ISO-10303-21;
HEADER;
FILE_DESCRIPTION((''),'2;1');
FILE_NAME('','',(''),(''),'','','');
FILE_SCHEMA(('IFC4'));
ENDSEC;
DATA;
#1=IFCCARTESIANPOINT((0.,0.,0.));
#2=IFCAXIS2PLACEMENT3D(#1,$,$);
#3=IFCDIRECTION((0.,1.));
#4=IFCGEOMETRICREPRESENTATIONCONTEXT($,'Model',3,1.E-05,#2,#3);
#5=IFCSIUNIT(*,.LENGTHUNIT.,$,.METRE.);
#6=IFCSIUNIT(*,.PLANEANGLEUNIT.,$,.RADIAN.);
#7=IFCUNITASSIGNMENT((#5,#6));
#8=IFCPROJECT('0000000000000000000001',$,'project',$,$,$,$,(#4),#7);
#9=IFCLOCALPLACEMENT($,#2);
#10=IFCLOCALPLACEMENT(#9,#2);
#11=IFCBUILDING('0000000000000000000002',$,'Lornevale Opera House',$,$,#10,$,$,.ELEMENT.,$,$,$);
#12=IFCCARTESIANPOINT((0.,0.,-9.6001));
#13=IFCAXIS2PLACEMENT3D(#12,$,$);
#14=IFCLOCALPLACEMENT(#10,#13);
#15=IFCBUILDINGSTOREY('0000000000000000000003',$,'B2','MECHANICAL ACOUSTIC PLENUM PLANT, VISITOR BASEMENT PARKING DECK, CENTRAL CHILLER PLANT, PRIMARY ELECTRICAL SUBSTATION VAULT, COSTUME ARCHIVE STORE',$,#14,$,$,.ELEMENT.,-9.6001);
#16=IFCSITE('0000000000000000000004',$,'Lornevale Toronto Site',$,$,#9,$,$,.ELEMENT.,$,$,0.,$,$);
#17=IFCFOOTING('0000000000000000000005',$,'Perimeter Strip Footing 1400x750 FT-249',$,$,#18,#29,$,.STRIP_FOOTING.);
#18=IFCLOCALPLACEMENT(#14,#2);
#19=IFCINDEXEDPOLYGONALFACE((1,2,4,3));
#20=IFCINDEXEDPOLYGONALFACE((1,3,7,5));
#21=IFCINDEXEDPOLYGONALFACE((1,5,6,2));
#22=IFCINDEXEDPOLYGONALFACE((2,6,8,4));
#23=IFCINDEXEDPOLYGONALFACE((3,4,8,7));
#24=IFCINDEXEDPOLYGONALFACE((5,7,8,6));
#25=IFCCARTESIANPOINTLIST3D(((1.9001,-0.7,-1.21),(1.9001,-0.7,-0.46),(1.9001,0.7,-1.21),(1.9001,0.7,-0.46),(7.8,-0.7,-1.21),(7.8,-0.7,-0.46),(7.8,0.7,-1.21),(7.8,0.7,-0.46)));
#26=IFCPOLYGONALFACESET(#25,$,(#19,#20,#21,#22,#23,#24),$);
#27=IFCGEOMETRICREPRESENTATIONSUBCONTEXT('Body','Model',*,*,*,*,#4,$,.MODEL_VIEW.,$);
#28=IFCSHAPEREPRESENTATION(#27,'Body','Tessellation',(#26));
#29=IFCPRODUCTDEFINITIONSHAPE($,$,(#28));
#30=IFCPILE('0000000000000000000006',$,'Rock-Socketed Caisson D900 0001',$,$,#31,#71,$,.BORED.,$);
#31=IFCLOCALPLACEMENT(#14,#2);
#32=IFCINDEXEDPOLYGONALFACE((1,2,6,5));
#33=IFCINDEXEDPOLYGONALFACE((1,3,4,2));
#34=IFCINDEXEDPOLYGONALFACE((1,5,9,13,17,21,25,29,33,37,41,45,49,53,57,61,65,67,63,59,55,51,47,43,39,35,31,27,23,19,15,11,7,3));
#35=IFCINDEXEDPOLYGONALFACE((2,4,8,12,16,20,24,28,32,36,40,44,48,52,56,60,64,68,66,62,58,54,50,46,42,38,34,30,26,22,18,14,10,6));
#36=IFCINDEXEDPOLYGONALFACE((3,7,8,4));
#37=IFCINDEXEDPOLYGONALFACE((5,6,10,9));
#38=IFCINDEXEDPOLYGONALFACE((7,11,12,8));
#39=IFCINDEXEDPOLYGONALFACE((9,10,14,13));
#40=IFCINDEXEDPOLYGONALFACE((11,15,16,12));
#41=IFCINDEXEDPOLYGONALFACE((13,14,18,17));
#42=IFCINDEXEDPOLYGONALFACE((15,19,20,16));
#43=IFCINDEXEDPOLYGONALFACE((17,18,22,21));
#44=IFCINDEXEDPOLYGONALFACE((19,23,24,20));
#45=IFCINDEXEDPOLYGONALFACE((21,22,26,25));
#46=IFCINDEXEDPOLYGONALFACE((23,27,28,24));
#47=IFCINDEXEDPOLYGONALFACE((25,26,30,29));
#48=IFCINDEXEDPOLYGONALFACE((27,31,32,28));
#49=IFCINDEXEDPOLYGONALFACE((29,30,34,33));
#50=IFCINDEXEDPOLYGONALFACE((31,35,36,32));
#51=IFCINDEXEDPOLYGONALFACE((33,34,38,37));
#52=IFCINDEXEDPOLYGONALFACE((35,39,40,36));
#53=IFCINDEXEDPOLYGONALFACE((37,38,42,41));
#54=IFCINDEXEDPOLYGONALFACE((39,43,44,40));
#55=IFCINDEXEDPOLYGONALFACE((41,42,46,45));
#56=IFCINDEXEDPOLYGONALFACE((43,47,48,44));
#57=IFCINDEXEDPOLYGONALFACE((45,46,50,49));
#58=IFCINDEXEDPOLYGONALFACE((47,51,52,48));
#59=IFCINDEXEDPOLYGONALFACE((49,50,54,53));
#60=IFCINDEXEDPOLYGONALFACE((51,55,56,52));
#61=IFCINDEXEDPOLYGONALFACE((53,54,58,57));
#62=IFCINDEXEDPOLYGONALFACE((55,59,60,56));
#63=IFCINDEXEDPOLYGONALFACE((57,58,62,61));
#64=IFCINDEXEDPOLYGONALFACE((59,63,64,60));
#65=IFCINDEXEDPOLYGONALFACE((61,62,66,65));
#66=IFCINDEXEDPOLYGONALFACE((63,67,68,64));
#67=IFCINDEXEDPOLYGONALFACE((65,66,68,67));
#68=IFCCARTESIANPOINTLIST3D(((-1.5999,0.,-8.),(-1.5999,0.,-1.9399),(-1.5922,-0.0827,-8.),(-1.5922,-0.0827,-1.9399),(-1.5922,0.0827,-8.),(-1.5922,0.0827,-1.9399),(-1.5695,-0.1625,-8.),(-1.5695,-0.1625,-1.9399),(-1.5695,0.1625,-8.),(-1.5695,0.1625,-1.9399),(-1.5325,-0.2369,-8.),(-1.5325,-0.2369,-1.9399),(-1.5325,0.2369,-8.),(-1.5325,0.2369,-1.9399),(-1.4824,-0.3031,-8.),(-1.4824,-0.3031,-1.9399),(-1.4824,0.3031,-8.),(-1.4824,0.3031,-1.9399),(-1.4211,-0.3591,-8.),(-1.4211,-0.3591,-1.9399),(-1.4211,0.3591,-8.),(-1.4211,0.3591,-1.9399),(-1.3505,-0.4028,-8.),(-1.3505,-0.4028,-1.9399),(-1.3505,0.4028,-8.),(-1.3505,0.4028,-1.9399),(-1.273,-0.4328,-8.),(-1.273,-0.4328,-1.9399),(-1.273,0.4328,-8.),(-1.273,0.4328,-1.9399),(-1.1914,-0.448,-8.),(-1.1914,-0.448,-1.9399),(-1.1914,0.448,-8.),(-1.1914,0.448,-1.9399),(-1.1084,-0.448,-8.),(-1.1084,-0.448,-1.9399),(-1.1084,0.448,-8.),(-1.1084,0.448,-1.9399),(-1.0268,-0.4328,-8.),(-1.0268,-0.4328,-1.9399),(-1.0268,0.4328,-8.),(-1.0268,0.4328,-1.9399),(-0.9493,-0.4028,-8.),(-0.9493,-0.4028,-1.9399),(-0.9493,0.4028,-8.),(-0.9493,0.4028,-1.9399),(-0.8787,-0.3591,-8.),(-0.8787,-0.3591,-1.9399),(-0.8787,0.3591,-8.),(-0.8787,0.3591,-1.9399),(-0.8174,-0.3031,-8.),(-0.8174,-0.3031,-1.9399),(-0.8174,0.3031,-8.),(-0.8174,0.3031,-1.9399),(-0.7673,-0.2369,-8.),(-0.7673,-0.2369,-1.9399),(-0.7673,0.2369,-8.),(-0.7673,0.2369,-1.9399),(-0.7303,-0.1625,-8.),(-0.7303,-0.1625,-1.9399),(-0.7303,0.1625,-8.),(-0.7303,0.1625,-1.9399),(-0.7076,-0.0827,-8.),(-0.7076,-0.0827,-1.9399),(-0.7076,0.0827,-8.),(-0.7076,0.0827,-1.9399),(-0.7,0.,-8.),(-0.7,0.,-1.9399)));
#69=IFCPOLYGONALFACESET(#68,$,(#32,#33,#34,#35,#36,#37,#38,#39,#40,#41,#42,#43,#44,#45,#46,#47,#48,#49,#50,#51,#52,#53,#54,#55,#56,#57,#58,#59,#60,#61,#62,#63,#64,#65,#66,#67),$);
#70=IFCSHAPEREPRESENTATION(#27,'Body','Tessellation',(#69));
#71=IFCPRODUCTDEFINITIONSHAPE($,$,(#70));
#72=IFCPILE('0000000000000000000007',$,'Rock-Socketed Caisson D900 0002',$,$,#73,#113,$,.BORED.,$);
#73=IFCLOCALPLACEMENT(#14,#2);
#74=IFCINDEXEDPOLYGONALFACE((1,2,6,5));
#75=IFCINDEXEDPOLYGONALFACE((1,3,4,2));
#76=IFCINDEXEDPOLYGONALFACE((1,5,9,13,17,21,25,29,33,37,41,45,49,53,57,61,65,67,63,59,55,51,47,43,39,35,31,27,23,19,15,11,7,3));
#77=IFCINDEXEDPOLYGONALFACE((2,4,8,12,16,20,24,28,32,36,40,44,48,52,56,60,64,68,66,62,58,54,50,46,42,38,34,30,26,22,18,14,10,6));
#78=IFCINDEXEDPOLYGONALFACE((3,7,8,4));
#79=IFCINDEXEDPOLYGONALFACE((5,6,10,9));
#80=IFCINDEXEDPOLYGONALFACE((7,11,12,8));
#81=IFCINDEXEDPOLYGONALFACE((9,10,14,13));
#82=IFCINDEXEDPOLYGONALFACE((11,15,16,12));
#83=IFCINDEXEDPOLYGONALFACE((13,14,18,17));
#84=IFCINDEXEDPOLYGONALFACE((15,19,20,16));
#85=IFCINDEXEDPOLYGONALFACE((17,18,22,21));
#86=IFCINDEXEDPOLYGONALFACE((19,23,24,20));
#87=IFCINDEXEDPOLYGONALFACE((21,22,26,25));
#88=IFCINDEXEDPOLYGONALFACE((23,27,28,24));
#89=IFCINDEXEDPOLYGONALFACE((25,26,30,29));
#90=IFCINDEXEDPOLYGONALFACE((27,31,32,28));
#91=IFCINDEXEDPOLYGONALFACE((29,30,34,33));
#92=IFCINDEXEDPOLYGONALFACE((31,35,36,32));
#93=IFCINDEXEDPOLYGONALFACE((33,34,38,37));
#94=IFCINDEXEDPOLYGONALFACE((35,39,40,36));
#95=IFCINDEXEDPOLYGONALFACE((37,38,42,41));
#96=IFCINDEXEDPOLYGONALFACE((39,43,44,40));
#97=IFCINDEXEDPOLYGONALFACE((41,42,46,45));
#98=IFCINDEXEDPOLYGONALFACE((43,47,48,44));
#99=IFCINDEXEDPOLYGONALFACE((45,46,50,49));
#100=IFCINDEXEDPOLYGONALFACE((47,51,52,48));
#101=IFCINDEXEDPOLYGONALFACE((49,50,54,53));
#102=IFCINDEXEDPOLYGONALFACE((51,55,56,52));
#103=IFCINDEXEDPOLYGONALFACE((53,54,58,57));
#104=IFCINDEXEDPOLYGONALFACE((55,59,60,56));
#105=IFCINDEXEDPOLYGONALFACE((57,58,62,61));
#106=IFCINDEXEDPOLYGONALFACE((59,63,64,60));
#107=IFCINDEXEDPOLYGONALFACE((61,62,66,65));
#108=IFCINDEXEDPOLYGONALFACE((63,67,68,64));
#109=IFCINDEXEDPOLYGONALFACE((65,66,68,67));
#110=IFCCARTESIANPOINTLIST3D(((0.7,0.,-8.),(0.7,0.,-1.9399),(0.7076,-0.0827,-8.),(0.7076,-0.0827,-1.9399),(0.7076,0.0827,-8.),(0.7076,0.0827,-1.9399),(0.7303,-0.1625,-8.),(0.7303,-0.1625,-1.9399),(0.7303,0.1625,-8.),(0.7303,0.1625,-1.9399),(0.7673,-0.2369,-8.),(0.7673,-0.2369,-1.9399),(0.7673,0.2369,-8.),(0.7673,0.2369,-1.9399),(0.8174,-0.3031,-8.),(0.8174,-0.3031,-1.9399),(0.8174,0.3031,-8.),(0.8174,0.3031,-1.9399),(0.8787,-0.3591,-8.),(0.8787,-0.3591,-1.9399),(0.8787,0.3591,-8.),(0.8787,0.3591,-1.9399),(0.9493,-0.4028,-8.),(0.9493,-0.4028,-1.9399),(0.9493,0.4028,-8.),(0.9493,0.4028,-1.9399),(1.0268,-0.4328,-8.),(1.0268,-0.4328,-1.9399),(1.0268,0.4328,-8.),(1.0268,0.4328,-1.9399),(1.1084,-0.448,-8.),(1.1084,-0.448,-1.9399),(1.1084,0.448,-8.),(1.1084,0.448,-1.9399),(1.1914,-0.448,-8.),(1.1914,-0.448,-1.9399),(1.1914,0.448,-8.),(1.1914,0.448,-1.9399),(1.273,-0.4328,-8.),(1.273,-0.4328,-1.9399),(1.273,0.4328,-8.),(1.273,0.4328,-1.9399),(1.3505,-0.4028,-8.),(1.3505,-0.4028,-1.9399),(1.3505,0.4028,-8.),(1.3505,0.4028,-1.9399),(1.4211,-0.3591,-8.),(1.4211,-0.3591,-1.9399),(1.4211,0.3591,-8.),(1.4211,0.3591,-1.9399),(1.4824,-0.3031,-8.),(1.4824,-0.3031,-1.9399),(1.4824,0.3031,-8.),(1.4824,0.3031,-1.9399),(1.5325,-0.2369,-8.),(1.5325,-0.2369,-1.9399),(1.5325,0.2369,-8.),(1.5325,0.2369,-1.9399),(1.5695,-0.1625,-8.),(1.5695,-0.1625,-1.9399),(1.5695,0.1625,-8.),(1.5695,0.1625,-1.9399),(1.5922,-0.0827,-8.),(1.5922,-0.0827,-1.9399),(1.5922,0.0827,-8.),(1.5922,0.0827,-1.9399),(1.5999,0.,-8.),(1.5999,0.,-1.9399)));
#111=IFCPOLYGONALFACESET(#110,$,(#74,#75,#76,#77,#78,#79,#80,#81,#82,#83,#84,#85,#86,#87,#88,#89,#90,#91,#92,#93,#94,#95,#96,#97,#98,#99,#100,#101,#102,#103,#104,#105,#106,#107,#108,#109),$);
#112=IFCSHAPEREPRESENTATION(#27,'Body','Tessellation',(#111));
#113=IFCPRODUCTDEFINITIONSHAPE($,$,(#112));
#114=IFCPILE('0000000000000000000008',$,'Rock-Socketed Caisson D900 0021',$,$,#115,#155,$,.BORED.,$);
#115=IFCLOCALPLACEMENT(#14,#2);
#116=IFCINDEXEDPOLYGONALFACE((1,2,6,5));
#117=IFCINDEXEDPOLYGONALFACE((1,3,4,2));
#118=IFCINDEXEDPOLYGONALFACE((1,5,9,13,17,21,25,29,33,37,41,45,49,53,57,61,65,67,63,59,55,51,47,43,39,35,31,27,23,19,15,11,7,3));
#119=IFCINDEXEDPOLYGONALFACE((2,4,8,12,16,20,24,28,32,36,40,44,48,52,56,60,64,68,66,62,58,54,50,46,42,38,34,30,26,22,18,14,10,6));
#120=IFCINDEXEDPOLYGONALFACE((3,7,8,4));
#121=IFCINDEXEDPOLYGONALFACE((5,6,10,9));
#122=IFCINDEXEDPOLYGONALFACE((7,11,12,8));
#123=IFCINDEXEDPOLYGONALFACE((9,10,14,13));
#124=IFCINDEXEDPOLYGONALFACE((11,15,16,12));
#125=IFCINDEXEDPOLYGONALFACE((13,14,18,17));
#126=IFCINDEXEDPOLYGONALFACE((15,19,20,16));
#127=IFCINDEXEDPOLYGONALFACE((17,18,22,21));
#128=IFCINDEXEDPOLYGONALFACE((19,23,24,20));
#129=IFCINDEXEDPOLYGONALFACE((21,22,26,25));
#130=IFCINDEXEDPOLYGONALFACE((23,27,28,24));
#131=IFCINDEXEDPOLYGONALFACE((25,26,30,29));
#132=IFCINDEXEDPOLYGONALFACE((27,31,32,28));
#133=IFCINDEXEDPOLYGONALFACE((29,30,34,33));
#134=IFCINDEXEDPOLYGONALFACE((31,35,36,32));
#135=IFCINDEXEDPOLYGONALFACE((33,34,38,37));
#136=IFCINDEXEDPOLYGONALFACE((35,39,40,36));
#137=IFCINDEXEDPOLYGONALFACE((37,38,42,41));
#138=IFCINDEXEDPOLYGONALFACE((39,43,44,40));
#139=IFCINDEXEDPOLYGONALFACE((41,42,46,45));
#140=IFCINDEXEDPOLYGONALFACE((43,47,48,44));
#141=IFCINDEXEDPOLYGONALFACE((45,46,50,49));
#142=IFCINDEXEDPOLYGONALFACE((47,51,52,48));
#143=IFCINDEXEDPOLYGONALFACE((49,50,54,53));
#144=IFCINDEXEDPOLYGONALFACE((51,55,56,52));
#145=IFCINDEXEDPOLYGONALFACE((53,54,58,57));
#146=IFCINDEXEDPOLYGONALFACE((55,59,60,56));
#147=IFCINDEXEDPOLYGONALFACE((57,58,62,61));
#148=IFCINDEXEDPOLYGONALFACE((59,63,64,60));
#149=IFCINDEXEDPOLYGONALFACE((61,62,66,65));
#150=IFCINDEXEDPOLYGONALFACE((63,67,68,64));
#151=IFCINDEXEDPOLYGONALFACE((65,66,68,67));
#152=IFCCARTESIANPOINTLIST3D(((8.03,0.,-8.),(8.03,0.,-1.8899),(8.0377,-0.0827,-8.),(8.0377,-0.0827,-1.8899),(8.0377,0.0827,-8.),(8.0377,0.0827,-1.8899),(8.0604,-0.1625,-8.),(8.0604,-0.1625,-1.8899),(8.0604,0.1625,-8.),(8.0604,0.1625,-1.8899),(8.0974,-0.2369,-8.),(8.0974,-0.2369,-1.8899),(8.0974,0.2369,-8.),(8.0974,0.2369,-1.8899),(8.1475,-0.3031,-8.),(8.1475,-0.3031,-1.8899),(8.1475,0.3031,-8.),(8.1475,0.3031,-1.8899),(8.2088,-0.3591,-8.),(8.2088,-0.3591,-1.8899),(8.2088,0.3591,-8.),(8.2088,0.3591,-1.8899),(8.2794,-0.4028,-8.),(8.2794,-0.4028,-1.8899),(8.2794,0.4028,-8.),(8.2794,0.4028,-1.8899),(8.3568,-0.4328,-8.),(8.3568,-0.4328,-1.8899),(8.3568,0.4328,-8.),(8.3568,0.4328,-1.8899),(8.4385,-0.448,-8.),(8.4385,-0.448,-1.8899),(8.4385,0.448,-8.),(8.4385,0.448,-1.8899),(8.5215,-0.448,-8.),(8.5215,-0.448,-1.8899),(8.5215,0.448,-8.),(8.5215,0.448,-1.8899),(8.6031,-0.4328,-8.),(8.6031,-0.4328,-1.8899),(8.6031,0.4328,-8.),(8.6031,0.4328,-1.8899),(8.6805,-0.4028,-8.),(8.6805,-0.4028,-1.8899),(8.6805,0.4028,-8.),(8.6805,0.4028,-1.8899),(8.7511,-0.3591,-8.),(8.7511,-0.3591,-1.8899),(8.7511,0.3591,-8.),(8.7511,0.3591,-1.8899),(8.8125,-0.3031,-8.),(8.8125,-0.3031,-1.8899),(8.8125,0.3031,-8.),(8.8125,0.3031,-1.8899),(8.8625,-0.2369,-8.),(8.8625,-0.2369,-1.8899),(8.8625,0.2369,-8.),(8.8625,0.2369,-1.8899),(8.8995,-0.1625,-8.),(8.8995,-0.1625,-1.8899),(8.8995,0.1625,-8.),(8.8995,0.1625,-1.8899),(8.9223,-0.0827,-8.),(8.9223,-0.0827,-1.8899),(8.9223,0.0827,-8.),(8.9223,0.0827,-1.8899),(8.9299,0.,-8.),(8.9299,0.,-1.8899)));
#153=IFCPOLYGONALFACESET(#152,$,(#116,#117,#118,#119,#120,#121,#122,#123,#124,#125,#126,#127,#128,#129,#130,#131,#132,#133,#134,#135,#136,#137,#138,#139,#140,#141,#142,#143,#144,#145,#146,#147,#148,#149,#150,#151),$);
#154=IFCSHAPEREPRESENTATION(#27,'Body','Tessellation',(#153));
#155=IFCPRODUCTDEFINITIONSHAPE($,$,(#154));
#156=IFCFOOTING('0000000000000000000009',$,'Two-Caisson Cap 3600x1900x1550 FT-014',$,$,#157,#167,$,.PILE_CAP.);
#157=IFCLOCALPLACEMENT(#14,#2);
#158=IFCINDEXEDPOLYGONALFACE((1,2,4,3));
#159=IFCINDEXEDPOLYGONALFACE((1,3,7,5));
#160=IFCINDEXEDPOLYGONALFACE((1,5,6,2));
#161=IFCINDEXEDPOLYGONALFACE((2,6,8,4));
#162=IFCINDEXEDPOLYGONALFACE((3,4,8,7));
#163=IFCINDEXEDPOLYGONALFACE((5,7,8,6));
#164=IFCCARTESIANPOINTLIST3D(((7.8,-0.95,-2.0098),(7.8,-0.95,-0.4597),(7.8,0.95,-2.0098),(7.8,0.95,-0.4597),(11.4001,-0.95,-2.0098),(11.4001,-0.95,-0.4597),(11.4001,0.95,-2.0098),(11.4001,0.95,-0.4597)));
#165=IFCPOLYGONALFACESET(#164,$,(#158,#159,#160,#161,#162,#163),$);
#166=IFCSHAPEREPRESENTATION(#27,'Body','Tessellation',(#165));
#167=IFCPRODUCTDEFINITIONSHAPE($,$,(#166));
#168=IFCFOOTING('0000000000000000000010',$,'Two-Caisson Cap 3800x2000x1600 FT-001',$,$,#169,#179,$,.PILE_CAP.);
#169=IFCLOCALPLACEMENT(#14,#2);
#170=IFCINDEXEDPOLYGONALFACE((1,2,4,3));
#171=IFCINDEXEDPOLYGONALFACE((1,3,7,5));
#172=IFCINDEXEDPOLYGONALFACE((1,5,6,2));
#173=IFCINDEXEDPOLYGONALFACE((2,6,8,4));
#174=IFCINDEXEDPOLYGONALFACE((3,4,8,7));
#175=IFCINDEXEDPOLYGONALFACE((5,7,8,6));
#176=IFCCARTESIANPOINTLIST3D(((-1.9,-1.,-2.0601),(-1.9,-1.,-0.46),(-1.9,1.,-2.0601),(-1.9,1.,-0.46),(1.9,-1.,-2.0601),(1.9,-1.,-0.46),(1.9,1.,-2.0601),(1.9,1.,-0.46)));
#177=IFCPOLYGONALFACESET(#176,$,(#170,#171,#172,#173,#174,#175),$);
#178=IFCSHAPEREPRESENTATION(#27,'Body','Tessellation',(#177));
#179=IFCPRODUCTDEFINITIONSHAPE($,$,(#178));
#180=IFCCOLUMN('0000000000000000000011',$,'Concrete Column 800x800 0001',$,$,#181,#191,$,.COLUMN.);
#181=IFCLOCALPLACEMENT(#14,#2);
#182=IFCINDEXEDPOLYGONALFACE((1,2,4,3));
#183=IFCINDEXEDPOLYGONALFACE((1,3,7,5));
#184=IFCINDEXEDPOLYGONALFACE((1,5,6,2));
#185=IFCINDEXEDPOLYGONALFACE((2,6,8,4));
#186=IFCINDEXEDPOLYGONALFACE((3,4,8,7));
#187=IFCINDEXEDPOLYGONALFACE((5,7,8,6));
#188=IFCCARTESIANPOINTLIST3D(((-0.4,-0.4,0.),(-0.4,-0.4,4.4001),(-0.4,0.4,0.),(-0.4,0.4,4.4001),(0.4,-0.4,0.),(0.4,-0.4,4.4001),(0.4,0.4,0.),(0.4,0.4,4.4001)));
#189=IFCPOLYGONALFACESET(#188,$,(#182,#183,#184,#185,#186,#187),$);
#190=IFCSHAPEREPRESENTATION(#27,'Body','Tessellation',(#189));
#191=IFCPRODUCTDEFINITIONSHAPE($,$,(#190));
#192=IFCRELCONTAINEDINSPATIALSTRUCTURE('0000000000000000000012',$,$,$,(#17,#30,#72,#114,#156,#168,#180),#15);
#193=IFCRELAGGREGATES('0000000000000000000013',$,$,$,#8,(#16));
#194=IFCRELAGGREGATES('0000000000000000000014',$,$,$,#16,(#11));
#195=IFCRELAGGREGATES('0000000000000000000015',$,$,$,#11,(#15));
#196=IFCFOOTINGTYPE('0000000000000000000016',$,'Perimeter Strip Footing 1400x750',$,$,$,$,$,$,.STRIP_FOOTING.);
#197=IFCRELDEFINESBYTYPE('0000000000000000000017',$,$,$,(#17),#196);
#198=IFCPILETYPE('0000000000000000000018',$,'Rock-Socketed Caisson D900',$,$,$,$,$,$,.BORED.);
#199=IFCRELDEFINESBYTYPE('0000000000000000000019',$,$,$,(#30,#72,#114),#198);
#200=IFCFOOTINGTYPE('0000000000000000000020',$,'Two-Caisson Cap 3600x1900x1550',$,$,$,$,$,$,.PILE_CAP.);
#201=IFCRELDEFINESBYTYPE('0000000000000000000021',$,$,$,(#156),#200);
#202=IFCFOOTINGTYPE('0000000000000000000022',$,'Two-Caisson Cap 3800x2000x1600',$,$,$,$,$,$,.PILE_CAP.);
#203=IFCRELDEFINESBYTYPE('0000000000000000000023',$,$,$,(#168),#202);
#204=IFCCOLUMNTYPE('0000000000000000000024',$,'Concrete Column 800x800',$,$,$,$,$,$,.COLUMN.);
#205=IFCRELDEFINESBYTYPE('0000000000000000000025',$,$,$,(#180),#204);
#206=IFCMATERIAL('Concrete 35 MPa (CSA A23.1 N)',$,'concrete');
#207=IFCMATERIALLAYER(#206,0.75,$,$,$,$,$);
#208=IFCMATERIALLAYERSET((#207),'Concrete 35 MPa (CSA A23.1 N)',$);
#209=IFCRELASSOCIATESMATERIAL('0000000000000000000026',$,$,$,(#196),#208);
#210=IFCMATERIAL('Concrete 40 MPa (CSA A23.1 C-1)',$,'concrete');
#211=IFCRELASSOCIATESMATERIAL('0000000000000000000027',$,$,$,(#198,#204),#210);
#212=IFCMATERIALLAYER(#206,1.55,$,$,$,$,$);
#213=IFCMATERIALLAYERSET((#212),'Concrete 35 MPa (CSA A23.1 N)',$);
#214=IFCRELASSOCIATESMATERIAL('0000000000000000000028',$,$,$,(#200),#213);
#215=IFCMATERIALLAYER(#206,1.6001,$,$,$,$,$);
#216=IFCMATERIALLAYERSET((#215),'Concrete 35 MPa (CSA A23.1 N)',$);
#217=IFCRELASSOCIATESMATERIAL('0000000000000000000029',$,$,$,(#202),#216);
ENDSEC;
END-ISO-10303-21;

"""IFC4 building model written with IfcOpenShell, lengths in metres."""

from ifc_helpers import new_model, si_unit, direction, frame, origin, origin_2d, place, context, subcontext, project, spatial, rectangle, circle, extrude, material, layer, layer_set, material_profile, profile_set, type_object, element, save


model = new_model("IFC4")

# Units and contexts
model_context = context("Model", 3, precision=1e-05, world=origin(), true_north=direction((0.0, 1.0)))
body_context = subcontext(model_context, "Body", "Model", "MODEL_VIEW")
ifc_project = project(units=[si_unit("LENGTHUNIT", "METRE"), si_unit("PLANEANGLEUNIT", "RADIAN")], contexts=[model_context])

# Site, building, storey
site_placement = place(None, origin())
site = spatial("IfcSite", under=ifc_project, at=site_placement, Name="Lornevale Toronto Site", CompositionType="ELEMENT", RefElevation=0.0)
building_placement = place(site_placement, origin())
building = spatial("IfcBuilding", under=site, at=building_placement, Name="Lornevale Opera House", CompositionType="ELEMENT")
storey_placement = place(building_placement, frame((0.0, 0.0, -9.6001)))
storey = spatial("IfcBuildingStorey", under=building, at=storey_placement, Name="B2", Description="MECHANICAL ACOUSTIC PLENUM PLANT, VISITOR BASEMENT PARKING DECK, CENTRAL CHILLER PLANT, PRIMARY ELECTRICAL SUBSTATION VAULT, COSTUME ARCHIVE STORE", CompositionType="ELEMENT", Elevation=-9.6001)

# Footing
ifc_material_1 = material(Name="Concrete 35 MPa (CSA A23.1 N)", Category="concrete")
ifc_layer_1 = layer(ifc_material_1, 0.75)
ifc_layer_set_1 = layer_set([ifc_layer_1], Name="Concrete 35 MPa (CSA A23.1 N)")
footing_type_1 = type_object("IfcFootingType", Name="Perimeter Strip Footing 1400x750", PredefinedType="STRIP_FOOTING", material=ifc_layer_set_1)
footing_1_placement = place(storey_placement, frame((4.8501, 0.0, -1.21), z_axis=(0.0, 0.0, 1.0), x_axis=(1.0, 0.0, 0.0)))
element("IfcFooting", 1, at=footing_1_placement, inside=storey, type_object=footing_type_1, Name="Perimeter Strip Footing 1400x750 FT-249", PredefinedType="STRIP_FOOTING", context=body_context, shape_type="SweptSolid", body=[
    extrude(rectangle(XDim=5.8999, YDim=1.3999, at=origin_2d()), origin(), (0.0, 0.0, 1.0), 0.75),
])

# Piles
ifc_material_2 = material(Name="Concrete 40 MPa (CSA A23.1 C-1)", Category="concrete")
ifc_material_profile_1 = material_profile(ifc_material_2, circle(Radius=0.45, at=origin_2d()), Name="CAIS900")
ifc_profile_set_1 = profile_set([ifc_material_profile_1], Name="Concrete 40 MPa (CSA A23.1 C-1)")
pile_type = type_object("IfcPileType", Name="Rock-Socketed Caisson D900", PredefinedType="BORED", material=ifc_profile_set_1)
for number, where, z_axis, x_axis, name in (
    (2, (-1.1499, 0.0, -1.9399), (0.0, 0.0, -1.0), (1.0, 0.0, 0.0), "Rock-Socketed Caisson D900 0001"),
    (3, (1.1499, 0.0, -1.9399), (0.0, 0.0, -1.0), (1.0, 0.0, 0.0), "Rock-Socketed Caisson D900 0002"),
):
    element("IfcPile", number, at=place(storey_placement, frame(where, z_axis=z_axis, x_axis=x_axis)), inside=storey, type_object=pile_type, Name=name, PredefinedType="BORED", context=body_context, shape_type="SweptSolid", body=[
        extrude(circle(Radius=0.45, at=origin_2d()), origin(), (0.0, 0.0, 1.0), 6.0601),
    ])
pile_placement = place(storey_placement, frame((8.48, 0.0, -1.8899), z_axis=(0.0, 0.0, -1.0), x_axis=(1.0, 0.0, 0.0)))
element("IfcPile", 4, at=pile_placement, inside=storey, type_object=pile_type, Name="Rock-Socketed Caisson D900 0021", PredefinedType="BORED", context=body_context, shape_type="SweptSolid", body=[
    extrude(circle(Radius=0.45, at=origin_2d()), origin(), (0.0, 0.0, 1.0), 6.1101),
])

# Footings
ifc_layer_2 = layer(ifc_material_1, 1.55)
ifc_layer_set_2 = layer_set([ifc_layer_2], Name="Concrete 35 MPa (CSA A23.1 N)")
footing_type_2 = type_object("IfcFootingType", Name="Two-Caisson Cap 3600x1900x1550", PredefinedType="PILE_CAP", material=ifc_layer_set_2)
footing_2_placement = place(storey_placement, frame((9.6001, 0.0, -2.0098), z_axis=(0.0, 0.0, 1.0), x_axis=(1.0, 0.0, 0.0)))
element("IfcFooting", 5, at=footing_2_placement, inside=storey, type_object=footing_type_2, Name="Two-Caisson Cap 3600x1900x1550 FT-014", PredefinedType="PILE_CAP", context=body_context, shape_type="SweptSolid", body=[
    extrude(rectangle(XDim=3.6001, YDim=1.8999, at=origin_2d()), origin(), (0.0, 0.0, 1.0), 1.55),
])
ifc_layer_3 = layer(ifc_material_1, 1.6001)
ifc_layer_set_3 = layer_set([ifc_layer_3], Name="Concrete 35 MPa (CSA A23.1 N)")
footing_type_3 = type_object("IfcFootingType", Name="Two-Caisson Cap 3800x2000x1600", PredefinedType="PILE_CAP", material=ifc_layer_set_3)
footing_3_placement = place(storey_placement, frame((0.0, 0.0, -2.0601), z_axis=(0.0, 0.0, 1.0), x_axis=(1.0, 0.0, 0.0)))
element("IfcFooting", 6, at=footing_3_placement, inside=storey, type_object=footing_type_3, Name="Two-Caisson Cap 3800x2000x1600 FT-001", PredefinedType="PILE_CAP", context=body_context, shape_type="SweptSolid", body=[
    extrude(rectangle(XDim=3.8, YDim=2.0, at=origin_2d()), origin(), (0.0, 0.0, 1.0), 1.6001),
])

# Column
ifc_material_profile_2 = material_profile(ifc_material_2, rectangle(XDim=0.8, YDim=0.8, at=origin_2d()), Name="RC800x800")
ifc_profile_set_2 = profile_set([ifc_material_profile_2], Name="Concrete 40 MPa (CSA A23.1 C-1)")
column_type = type_object("IfcColumnType", Name="Concrete Column 800x800", PredefinedType="COLUMN", material=ifc_profile_set_2)
for number, where, z_axis, x_axis, name in (
    (7, (0.0, 0.0, 0.0), (0.0, 0.0, 1.0), (1.0, 0.0, 0.0), "Concrete Column 800x800 0001"),
):
    element("IfcColumn", number, at=place(storey_placement, frame(where, z_axis=z_axis, x_axis=x_axis)), inside=storey, type_object=column_type, Name=name, PredefinedType="COLUMN", context=body_context, shape_type="SweptSolid", body=[
        extrude(rectangle(XDim=0.8, YDim=0.8, at=origin_2d()), origin(), (0.0, 0.0, 1.0), 4.4001),
    ])

save(model, "model.ifc")
